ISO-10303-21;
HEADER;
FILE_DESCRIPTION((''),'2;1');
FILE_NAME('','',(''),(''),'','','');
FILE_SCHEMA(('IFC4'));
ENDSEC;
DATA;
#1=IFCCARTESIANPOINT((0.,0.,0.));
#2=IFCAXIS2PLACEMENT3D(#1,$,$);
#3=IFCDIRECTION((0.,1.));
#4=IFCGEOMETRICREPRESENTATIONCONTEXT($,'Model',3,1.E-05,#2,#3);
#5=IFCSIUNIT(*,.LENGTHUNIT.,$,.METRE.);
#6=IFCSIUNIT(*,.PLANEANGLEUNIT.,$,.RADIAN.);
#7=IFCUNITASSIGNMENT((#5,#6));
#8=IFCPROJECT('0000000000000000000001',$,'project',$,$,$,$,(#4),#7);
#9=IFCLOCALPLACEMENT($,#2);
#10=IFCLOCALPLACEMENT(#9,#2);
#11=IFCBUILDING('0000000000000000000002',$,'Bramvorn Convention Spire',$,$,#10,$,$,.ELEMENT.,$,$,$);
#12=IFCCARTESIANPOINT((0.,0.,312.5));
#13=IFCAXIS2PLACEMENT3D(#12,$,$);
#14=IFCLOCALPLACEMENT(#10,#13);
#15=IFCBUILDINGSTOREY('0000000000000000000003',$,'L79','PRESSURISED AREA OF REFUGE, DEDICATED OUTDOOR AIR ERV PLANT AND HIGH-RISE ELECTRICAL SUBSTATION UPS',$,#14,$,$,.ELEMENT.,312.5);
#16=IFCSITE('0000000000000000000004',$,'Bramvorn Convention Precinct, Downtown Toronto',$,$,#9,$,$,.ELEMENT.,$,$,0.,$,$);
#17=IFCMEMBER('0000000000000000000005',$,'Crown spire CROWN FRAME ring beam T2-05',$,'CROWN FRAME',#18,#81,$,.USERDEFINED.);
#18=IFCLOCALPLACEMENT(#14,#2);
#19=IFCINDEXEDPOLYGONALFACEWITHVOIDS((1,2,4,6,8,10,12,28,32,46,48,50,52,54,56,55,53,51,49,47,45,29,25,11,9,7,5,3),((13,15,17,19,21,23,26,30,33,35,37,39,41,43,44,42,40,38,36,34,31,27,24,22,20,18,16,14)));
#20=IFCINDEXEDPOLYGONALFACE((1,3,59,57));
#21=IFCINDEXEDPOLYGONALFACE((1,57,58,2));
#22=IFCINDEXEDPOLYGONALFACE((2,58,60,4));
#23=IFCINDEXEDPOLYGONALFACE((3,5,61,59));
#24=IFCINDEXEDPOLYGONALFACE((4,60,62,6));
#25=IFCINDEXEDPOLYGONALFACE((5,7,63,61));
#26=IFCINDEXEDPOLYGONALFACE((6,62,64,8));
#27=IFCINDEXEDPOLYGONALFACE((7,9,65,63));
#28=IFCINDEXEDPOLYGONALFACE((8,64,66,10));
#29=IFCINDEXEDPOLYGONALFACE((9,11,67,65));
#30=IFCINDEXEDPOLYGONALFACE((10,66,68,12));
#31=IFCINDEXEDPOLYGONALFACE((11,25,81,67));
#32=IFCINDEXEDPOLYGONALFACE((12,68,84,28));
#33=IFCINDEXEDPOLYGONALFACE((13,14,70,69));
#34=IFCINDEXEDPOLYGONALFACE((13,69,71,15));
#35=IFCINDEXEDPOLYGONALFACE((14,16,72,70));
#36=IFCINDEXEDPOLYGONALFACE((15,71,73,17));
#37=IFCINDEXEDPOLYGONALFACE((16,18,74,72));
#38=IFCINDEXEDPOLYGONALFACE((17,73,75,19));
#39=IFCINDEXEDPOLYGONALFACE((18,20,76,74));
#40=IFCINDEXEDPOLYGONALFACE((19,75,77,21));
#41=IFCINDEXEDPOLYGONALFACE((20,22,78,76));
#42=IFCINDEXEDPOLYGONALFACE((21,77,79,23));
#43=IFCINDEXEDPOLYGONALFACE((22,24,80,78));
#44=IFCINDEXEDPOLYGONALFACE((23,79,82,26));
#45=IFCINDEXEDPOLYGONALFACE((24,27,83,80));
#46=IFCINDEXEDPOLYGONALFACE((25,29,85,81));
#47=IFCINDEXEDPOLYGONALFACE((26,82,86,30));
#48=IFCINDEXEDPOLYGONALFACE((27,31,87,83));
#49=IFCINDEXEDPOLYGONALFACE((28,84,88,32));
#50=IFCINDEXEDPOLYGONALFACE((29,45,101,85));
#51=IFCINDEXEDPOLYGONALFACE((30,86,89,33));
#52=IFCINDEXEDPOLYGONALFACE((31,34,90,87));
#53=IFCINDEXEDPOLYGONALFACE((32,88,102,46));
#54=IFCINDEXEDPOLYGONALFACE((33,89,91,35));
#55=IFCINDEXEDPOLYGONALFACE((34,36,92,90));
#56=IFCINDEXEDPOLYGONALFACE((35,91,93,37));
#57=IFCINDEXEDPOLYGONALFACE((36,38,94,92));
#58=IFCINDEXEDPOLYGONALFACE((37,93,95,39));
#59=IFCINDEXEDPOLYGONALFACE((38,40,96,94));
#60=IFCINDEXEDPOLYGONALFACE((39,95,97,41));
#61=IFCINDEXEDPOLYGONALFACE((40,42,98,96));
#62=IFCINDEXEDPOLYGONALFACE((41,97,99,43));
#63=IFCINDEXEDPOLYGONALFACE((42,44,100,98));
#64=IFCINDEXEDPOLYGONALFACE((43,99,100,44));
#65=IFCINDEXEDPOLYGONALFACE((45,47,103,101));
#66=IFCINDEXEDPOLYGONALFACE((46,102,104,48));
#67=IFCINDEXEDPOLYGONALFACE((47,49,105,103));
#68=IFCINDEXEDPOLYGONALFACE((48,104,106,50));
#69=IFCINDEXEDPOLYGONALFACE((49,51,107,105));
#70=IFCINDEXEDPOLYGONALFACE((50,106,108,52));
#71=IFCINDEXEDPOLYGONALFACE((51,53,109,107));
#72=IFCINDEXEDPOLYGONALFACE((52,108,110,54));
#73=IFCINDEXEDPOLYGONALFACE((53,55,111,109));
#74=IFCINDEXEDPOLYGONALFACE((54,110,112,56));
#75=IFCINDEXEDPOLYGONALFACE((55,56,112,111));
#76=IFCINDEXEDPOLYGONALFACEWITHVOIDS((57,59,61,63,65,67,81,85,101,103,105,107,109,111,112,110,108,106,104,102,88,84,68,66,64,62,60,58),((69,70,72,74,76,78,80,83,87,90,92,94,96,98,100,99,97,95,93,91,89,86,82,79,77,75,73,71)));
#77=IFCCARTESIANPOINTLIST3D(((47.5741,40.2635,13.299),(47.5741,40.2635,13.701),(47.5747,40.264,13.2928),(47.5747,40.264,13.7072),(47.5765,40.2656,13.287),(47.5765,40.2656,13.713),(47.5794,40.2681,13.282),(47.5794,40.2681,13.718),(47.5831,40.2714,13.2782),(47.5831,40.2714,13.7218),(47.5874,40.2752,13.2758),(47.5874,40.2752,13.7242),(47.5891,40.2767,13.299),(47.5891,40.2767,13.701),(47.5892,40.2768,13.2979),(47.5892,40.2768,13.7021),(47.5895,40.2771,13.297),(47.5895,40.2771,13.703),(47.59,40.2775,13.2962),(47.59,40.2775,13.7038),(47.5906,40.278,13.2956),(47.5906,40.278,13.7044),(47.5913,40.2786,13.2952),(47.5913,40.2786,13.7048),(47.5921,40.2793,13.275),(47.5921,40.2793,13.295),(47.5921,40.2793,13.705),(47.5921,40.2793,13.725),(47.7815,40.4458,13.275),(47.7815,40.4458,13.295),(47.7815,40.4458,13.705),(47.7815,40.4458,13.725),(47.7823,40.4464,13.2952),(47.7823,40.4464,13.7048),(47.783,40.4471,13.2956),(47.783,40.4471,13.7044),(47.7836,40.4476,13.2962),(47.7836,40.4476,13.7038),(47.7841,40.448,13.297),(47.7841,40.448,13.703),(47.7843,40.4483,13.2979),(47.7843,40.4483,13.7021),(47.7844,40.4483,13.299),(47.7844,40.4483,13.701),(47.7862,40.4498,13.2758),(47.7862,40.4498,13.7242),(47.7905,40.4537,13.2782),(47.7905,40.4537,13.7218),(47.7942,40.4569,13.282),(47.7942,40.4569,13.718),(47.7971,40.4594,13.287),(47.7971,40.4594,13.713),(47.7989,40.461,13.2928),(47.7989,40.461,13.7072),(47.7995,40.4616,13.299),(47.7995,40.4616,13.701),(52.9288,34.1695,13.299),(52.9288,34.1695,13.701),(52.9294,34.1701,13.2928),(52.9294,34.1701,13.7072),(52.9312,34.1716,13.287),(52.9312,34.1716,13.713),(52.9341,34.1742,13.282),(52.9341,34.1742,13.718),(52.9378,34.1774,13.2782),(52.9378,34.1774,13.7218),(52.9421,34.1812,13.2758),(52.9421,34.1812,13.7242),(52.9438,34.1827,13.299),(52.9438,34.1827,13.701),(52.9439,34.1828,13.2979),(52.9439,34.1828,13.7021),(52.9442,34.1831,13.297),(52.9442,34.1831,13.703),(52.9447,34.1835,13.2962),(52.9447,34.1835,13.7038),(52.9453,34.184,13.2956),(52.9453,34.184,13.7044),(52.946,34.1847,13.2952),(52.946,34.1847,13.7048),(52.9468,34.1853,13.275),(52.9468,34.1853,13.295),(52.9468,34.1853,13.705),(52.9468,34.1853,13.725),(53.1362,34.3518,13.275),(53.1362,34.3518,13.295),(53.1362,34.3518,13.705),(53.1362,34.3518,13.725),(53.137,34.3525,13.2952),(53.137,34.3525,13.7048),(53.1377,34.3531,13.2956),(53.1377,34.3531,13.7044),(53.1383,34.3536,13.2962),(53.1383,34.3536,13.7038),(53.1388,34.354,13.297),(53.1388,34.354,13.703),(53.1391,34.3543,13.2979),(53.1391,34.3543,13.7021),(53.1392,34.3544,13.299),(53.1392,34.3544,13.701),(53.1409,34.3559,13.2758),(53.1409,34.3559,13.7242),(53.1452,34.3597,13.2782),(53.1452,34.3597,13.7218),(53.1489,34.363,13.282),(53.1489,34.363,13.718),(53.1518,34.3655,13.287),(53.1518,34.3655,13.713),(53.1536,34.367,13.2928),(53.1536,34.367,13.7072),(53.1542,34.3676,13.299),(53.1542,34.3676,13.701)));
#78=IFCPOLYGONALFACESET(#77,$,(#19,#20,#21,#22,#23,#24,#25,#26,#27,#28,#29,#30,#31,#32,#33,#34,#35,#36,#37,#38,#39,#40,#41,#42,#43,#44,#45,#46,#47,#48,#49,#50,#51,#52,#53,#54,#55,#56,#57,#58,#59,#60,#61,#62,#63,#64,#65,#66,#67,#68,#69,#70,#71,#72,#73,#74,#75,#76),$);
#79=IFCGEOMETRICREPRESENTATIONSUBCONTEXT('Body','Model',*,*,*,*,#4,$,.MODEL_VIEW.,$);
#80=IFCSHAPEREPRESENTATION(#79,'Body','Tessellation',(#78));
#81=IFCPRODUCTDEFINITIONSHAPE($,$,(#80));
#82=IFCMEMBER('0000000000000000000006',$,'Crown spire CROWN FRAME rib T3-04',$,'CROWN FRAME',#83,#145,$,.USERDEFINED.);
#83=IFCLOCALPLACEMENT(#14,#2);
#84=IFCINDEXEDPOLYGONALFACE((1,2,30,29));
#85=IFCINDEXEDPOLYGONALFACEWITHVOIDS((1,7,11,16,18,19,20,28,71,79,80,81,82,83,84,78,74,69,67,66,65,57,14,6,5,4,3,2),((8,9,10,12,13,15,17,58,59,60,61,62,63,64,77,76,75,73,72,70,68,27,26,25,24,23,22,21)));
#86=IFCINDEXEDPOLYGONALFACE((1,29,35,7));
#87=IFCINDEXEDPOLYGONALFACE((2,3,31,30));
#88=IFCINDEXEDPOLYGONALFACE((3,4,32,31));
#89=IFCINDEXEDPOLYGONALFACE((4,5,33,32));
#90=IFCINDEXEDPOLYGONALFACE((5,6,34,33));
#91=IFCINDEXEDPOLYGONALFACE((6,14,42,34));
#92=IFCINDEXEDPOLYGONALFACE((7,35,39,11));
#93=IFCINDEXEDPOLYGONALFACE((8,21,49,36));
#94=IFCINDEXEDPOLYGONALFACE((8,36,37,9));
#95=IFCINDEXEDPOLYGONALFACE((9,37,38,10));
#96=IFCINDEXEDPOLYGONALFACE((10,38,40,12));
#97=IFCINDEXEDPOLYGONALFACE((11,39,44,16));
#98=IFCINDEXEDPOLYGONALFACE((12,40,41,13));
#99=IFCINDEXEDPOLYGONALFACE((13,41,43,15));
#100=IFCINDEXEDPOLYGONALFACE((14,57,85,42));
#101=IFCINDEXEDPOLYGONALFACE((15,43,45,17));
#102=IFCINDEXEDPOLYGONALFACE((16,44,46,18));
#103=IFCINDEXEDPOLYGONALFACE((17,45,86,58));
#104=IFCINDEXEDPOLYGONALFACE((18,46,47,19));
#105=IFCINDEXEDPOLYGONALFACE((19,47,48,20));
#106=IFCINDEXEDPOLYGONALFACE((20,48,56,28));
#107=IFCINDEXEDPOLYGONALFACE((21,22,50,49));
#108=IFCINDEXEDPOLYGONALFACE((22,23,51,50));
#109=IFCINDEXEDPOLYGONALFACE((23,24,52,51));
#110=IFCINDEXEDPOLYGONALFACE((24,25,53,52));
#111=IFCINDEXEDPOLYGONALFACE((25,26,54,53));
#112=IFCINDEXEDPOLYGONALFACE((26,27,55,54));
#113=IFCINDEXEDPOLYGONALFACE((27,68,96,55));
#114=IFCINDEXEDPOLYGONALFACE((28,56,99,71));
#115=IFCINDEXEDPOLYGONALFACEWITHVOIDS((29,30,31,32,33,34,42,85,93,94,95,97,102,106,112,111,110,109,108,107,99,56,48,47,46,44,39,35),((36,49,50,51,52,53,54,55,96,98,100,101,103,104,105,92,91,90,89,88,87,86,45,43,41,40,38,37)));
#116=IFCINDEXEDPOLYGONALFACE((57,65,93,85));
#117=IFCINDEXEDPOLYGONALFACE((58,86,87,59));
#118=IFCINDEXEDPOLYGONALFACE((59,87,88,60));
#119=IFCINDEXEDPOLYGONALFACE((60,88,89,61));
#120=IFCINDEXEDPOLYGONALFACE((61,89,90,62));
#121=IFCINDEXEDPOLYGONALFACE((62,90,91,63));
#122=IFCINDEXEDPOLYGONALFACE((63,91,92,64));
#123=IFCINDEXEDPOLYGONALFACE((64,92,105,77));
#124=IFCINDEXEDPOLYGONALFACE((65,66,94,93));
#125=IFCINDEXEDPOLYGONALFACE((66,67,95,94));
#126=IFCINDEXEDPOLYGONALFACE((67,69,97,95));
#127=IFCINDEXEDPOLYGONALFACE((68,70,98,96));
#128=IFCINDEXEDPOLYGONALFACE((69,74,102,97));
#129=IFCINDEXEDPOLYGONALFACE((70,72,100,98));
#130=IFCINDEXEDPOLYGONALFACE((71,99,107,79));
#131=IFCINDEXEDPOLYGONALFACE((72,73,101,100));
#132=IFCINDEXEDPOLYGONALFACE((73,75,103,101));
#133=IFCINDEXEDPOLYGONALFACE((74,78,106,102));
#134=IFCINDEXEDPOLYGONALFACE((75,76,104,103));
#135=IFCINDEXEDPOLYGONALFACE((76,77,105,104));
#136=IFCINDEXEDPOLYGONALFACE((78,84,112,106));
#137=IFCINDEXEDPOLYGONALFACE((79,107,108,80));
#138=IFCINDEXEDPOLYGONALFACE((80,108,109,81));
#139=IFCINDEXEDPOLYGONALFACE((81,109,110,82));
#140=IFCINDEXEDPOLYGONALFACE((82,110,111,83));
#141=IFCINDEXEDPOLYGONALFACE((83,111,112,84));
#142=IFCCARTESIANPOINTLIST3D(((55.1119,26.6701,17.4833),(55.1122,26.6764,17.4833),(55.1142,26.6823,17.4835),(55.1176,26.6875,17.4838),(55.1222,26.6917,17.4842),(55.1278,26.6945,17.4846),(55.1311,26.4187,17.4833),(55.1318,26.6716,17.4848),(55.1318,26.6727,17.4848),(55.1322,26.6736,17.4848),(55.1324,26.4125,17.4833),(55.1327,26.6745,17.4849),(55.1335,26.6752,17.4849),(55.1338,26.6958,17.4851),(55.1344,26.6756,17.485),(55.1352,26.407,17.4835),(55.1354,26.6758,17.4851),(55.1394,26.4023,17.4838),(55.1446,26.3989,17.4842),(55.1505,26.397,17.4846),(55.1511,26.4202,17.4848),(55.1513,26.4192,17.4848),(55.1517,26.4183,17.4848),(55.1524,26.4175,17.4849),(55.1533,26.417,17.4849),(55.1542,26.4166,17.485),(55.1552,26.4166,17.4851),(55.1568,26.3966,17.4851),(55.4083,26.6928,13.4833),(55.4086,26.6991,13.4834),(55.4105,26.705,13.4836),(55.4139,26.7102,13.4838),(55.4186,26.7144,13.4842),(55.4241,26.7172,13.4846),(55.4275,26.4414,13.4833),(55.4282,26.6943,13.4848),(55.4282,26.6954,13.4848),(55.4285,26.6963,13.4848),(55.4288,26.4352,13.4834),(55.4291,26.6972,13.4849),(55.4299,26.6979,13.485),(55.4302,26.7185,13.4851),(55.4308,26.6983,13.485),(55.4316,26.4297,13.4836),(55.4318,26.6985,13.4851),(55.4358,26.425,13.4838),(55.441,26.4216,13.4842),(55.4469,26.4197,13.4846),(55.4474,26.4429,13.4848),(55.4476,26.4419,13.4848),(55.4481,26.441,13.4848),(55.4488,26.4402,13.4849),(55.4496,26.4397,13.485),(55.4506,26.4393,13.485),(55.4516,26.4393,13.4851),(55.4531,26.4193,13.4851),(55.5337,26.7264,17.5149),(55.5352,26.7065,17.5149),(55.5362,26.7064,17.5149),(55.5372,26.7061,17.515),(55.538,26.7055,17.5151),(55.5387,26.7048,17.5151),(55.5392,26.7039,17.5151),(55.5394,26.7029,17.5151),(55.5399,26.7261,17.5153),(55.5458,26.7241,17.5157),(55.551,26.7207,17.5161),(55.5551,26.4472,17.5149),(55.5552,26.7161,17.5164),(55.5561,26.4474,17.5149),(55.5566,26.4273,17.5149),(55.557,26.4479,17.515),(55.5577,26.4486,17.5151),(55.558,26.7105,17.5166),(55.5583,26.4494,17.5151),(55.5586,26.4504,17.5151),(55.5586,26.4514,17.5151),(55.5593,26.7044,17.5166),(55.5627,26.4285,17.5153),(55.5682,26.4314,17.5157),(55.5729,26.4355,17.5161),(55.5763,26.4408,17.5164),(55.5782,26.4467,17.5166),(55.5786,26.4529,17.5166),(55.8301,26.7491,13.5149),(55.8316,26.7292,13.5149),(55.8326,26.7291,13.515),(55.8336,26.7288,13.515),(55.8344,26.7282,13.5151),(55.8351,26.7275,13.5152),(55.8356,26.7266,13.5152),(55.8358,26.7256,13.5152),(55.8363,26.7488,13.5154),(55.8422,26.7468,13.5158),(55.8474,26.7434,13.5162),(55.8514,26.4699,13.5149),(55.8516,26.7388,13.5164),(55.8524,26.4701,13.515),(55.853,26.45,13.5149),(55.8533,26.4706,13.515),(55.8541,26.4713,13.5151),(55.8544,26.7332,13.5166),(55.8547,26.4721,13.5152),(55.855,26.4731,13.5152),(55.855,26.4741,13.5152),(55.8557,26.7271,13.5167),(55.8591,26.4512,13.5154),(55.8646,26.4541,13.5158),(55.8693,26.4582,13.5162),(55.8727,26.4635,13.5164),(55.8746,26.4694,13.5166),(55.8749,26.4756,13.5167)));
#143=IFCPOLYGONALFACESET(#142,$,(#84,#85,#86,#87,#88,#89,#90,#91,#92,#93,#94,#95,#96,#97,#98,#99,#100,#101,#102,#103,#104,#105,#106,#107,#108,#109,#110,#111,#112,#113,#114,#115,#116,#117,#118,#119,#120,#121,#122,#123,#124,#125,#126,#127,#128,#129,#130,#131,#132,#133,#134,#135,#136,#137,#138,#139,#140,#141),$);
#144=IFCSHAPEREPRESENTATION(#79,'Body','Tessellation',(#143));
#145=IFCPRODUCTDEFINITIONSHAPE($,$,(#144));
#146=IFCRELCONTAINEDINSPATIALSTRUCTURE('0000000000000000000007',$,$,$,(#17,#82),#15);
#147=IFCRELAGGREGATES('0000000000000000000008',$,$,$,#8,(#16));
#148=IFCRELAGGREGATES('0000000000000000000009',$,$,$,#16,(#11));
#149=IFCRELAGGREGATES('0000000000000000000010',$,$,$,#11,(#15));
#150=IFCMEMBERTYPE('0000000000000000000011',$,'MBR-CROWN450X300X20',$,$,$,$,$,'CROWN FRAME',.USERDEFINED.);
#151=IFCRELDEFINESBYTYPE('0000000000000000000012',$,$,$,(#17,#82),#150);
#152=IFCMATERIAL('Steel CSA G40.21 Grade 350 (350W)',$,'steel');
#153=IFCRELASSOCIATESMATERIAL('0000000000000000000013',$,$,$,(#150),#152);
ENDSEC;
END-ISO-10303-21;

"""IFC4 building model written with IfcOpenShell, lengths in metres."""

from ifc_helpers import new_model, si_unit, direction, frame, origin, origin_2d, place, context, subcontext, project, spatial, hollow_rectangle, extrude, material, material_profile, profile_set, type_object, element, save


model = new_model("IFC4")

# Units and contexts
model_context = context("Model", 3, precision=1e-05, world=origin(), true_north=direction((0.0, 1.0)))
body_context = subcontext(model_context, "Body", "Model", "MODEL_VIEW")
ifc_project = project(units=[si_unit("LENGTHUNIT", "METRE"), si_unit("PLANEANGLEUNIT", "RADIAN")], contexts=[model_context])

# Site, building, storey
site_placement = place(None, origin())
site = spatial("IfcSite", under=ifc_project, at=site_placement, Name="Bramvorn Convention Precinct, Downtown Toronto", CompositionType="ELEMENT", RefElevation=0.0)
building_placement = place(site_placement, origin())
building = spatial("IfcBuilding", under=site, at=building_placement, Name="Bramvorn Convention Spire", CompositionType="ELEMENT")
storey_placement = place(building_placement, frame((0.0, 0.0, 312.5)))
storey = spatial("IfcBuildingStorey", under=building, at=storey_placement, Name="L79", Description="PRESSURISED AREA OF REFUGE, DEDICATED OUTDOOR AIR ERV PLANT AND HIGH-RISE ELECTRICAL SUBSTATION UPS", CompositionType="ELEMENT", Elevation=312.5)

# Members
ifc_material_1 = material(Name="Steel CSA G40.21 Grade 350 (350W)", Category="steel")
ifc_material_profile_1 = material_profile(ifc_material_1, hollow_rectangle(XDim=0.3, YDim=0.45, WallThickness=0.02, InnerFilletRadius=0.0039, OuterFilletRadius=0.0239, at=origin_2d()))
ifc_profile_set_1 = profile_set([ifc_material_profile_1], Name="Steel CSA G40.21 Grade 350 (350W) - CROWN450X300X20")
member_type_1 = type_object("IfcMemberType", Name="MBR-CROWN450X300X20", ElementType="CROWN FRAME", PredefinedType="USERDEFINED", material=ifc_profile_set_1)
member_1_placement = place(storey_placement, frame((53.0415, 34.2686, 13.5), z_axis=(-0.660073, 0.751201, 0.0), x_axis=(-0.751201, -0.660073, 0.0)))
element("IfcMember", 1, at=member_1_placement, inside=storey, type_object=member_type_1, Name="Crown spire CROWN FRAME ring beam T2-05", ObjectType="CROWN FRAME", PredefinedType="USERDEFINED", context=body_context, shape_type="SweptSolid", body=[
    extrude(hollow_rectangle(XDim=0.3, YDim=0.45, WallThickness=0.02, InnerFilletRadius=0.0039, OuterFilletRadius=0.0239, at=origin_2d()), origin(), (0.0, 0.0, 1.0), 8.1123),
])
member_2_placement = place(storey_placement, frame((55.6416, 26.5842, 13.5), z_axis=(-0.073893, -0.005661, 0.99725), x_axis=(0.076382, -0.997079, 0.0)))
element("IfcMember", 2, at=member_2_placement, inside=storey, type_object=member_type_1, Name="Crown spire CROWN FRAME rib T3-04", ObjectType="CROWN FRAME", PredefinedType="USERDEFINED", context=body_context, shape_type="SweptSolid", body=[
    extrude(hollow_rectangle(XDim=0.3, YDim=0.45, WallThickness=0.02, InnerFilletRadius=0.0039, OuterFilletRadius=0.0239, at=origin_2d()), origin(), (0.0, 0.0, 1.0), 4.011),
])

save(model, "model.ifc")
